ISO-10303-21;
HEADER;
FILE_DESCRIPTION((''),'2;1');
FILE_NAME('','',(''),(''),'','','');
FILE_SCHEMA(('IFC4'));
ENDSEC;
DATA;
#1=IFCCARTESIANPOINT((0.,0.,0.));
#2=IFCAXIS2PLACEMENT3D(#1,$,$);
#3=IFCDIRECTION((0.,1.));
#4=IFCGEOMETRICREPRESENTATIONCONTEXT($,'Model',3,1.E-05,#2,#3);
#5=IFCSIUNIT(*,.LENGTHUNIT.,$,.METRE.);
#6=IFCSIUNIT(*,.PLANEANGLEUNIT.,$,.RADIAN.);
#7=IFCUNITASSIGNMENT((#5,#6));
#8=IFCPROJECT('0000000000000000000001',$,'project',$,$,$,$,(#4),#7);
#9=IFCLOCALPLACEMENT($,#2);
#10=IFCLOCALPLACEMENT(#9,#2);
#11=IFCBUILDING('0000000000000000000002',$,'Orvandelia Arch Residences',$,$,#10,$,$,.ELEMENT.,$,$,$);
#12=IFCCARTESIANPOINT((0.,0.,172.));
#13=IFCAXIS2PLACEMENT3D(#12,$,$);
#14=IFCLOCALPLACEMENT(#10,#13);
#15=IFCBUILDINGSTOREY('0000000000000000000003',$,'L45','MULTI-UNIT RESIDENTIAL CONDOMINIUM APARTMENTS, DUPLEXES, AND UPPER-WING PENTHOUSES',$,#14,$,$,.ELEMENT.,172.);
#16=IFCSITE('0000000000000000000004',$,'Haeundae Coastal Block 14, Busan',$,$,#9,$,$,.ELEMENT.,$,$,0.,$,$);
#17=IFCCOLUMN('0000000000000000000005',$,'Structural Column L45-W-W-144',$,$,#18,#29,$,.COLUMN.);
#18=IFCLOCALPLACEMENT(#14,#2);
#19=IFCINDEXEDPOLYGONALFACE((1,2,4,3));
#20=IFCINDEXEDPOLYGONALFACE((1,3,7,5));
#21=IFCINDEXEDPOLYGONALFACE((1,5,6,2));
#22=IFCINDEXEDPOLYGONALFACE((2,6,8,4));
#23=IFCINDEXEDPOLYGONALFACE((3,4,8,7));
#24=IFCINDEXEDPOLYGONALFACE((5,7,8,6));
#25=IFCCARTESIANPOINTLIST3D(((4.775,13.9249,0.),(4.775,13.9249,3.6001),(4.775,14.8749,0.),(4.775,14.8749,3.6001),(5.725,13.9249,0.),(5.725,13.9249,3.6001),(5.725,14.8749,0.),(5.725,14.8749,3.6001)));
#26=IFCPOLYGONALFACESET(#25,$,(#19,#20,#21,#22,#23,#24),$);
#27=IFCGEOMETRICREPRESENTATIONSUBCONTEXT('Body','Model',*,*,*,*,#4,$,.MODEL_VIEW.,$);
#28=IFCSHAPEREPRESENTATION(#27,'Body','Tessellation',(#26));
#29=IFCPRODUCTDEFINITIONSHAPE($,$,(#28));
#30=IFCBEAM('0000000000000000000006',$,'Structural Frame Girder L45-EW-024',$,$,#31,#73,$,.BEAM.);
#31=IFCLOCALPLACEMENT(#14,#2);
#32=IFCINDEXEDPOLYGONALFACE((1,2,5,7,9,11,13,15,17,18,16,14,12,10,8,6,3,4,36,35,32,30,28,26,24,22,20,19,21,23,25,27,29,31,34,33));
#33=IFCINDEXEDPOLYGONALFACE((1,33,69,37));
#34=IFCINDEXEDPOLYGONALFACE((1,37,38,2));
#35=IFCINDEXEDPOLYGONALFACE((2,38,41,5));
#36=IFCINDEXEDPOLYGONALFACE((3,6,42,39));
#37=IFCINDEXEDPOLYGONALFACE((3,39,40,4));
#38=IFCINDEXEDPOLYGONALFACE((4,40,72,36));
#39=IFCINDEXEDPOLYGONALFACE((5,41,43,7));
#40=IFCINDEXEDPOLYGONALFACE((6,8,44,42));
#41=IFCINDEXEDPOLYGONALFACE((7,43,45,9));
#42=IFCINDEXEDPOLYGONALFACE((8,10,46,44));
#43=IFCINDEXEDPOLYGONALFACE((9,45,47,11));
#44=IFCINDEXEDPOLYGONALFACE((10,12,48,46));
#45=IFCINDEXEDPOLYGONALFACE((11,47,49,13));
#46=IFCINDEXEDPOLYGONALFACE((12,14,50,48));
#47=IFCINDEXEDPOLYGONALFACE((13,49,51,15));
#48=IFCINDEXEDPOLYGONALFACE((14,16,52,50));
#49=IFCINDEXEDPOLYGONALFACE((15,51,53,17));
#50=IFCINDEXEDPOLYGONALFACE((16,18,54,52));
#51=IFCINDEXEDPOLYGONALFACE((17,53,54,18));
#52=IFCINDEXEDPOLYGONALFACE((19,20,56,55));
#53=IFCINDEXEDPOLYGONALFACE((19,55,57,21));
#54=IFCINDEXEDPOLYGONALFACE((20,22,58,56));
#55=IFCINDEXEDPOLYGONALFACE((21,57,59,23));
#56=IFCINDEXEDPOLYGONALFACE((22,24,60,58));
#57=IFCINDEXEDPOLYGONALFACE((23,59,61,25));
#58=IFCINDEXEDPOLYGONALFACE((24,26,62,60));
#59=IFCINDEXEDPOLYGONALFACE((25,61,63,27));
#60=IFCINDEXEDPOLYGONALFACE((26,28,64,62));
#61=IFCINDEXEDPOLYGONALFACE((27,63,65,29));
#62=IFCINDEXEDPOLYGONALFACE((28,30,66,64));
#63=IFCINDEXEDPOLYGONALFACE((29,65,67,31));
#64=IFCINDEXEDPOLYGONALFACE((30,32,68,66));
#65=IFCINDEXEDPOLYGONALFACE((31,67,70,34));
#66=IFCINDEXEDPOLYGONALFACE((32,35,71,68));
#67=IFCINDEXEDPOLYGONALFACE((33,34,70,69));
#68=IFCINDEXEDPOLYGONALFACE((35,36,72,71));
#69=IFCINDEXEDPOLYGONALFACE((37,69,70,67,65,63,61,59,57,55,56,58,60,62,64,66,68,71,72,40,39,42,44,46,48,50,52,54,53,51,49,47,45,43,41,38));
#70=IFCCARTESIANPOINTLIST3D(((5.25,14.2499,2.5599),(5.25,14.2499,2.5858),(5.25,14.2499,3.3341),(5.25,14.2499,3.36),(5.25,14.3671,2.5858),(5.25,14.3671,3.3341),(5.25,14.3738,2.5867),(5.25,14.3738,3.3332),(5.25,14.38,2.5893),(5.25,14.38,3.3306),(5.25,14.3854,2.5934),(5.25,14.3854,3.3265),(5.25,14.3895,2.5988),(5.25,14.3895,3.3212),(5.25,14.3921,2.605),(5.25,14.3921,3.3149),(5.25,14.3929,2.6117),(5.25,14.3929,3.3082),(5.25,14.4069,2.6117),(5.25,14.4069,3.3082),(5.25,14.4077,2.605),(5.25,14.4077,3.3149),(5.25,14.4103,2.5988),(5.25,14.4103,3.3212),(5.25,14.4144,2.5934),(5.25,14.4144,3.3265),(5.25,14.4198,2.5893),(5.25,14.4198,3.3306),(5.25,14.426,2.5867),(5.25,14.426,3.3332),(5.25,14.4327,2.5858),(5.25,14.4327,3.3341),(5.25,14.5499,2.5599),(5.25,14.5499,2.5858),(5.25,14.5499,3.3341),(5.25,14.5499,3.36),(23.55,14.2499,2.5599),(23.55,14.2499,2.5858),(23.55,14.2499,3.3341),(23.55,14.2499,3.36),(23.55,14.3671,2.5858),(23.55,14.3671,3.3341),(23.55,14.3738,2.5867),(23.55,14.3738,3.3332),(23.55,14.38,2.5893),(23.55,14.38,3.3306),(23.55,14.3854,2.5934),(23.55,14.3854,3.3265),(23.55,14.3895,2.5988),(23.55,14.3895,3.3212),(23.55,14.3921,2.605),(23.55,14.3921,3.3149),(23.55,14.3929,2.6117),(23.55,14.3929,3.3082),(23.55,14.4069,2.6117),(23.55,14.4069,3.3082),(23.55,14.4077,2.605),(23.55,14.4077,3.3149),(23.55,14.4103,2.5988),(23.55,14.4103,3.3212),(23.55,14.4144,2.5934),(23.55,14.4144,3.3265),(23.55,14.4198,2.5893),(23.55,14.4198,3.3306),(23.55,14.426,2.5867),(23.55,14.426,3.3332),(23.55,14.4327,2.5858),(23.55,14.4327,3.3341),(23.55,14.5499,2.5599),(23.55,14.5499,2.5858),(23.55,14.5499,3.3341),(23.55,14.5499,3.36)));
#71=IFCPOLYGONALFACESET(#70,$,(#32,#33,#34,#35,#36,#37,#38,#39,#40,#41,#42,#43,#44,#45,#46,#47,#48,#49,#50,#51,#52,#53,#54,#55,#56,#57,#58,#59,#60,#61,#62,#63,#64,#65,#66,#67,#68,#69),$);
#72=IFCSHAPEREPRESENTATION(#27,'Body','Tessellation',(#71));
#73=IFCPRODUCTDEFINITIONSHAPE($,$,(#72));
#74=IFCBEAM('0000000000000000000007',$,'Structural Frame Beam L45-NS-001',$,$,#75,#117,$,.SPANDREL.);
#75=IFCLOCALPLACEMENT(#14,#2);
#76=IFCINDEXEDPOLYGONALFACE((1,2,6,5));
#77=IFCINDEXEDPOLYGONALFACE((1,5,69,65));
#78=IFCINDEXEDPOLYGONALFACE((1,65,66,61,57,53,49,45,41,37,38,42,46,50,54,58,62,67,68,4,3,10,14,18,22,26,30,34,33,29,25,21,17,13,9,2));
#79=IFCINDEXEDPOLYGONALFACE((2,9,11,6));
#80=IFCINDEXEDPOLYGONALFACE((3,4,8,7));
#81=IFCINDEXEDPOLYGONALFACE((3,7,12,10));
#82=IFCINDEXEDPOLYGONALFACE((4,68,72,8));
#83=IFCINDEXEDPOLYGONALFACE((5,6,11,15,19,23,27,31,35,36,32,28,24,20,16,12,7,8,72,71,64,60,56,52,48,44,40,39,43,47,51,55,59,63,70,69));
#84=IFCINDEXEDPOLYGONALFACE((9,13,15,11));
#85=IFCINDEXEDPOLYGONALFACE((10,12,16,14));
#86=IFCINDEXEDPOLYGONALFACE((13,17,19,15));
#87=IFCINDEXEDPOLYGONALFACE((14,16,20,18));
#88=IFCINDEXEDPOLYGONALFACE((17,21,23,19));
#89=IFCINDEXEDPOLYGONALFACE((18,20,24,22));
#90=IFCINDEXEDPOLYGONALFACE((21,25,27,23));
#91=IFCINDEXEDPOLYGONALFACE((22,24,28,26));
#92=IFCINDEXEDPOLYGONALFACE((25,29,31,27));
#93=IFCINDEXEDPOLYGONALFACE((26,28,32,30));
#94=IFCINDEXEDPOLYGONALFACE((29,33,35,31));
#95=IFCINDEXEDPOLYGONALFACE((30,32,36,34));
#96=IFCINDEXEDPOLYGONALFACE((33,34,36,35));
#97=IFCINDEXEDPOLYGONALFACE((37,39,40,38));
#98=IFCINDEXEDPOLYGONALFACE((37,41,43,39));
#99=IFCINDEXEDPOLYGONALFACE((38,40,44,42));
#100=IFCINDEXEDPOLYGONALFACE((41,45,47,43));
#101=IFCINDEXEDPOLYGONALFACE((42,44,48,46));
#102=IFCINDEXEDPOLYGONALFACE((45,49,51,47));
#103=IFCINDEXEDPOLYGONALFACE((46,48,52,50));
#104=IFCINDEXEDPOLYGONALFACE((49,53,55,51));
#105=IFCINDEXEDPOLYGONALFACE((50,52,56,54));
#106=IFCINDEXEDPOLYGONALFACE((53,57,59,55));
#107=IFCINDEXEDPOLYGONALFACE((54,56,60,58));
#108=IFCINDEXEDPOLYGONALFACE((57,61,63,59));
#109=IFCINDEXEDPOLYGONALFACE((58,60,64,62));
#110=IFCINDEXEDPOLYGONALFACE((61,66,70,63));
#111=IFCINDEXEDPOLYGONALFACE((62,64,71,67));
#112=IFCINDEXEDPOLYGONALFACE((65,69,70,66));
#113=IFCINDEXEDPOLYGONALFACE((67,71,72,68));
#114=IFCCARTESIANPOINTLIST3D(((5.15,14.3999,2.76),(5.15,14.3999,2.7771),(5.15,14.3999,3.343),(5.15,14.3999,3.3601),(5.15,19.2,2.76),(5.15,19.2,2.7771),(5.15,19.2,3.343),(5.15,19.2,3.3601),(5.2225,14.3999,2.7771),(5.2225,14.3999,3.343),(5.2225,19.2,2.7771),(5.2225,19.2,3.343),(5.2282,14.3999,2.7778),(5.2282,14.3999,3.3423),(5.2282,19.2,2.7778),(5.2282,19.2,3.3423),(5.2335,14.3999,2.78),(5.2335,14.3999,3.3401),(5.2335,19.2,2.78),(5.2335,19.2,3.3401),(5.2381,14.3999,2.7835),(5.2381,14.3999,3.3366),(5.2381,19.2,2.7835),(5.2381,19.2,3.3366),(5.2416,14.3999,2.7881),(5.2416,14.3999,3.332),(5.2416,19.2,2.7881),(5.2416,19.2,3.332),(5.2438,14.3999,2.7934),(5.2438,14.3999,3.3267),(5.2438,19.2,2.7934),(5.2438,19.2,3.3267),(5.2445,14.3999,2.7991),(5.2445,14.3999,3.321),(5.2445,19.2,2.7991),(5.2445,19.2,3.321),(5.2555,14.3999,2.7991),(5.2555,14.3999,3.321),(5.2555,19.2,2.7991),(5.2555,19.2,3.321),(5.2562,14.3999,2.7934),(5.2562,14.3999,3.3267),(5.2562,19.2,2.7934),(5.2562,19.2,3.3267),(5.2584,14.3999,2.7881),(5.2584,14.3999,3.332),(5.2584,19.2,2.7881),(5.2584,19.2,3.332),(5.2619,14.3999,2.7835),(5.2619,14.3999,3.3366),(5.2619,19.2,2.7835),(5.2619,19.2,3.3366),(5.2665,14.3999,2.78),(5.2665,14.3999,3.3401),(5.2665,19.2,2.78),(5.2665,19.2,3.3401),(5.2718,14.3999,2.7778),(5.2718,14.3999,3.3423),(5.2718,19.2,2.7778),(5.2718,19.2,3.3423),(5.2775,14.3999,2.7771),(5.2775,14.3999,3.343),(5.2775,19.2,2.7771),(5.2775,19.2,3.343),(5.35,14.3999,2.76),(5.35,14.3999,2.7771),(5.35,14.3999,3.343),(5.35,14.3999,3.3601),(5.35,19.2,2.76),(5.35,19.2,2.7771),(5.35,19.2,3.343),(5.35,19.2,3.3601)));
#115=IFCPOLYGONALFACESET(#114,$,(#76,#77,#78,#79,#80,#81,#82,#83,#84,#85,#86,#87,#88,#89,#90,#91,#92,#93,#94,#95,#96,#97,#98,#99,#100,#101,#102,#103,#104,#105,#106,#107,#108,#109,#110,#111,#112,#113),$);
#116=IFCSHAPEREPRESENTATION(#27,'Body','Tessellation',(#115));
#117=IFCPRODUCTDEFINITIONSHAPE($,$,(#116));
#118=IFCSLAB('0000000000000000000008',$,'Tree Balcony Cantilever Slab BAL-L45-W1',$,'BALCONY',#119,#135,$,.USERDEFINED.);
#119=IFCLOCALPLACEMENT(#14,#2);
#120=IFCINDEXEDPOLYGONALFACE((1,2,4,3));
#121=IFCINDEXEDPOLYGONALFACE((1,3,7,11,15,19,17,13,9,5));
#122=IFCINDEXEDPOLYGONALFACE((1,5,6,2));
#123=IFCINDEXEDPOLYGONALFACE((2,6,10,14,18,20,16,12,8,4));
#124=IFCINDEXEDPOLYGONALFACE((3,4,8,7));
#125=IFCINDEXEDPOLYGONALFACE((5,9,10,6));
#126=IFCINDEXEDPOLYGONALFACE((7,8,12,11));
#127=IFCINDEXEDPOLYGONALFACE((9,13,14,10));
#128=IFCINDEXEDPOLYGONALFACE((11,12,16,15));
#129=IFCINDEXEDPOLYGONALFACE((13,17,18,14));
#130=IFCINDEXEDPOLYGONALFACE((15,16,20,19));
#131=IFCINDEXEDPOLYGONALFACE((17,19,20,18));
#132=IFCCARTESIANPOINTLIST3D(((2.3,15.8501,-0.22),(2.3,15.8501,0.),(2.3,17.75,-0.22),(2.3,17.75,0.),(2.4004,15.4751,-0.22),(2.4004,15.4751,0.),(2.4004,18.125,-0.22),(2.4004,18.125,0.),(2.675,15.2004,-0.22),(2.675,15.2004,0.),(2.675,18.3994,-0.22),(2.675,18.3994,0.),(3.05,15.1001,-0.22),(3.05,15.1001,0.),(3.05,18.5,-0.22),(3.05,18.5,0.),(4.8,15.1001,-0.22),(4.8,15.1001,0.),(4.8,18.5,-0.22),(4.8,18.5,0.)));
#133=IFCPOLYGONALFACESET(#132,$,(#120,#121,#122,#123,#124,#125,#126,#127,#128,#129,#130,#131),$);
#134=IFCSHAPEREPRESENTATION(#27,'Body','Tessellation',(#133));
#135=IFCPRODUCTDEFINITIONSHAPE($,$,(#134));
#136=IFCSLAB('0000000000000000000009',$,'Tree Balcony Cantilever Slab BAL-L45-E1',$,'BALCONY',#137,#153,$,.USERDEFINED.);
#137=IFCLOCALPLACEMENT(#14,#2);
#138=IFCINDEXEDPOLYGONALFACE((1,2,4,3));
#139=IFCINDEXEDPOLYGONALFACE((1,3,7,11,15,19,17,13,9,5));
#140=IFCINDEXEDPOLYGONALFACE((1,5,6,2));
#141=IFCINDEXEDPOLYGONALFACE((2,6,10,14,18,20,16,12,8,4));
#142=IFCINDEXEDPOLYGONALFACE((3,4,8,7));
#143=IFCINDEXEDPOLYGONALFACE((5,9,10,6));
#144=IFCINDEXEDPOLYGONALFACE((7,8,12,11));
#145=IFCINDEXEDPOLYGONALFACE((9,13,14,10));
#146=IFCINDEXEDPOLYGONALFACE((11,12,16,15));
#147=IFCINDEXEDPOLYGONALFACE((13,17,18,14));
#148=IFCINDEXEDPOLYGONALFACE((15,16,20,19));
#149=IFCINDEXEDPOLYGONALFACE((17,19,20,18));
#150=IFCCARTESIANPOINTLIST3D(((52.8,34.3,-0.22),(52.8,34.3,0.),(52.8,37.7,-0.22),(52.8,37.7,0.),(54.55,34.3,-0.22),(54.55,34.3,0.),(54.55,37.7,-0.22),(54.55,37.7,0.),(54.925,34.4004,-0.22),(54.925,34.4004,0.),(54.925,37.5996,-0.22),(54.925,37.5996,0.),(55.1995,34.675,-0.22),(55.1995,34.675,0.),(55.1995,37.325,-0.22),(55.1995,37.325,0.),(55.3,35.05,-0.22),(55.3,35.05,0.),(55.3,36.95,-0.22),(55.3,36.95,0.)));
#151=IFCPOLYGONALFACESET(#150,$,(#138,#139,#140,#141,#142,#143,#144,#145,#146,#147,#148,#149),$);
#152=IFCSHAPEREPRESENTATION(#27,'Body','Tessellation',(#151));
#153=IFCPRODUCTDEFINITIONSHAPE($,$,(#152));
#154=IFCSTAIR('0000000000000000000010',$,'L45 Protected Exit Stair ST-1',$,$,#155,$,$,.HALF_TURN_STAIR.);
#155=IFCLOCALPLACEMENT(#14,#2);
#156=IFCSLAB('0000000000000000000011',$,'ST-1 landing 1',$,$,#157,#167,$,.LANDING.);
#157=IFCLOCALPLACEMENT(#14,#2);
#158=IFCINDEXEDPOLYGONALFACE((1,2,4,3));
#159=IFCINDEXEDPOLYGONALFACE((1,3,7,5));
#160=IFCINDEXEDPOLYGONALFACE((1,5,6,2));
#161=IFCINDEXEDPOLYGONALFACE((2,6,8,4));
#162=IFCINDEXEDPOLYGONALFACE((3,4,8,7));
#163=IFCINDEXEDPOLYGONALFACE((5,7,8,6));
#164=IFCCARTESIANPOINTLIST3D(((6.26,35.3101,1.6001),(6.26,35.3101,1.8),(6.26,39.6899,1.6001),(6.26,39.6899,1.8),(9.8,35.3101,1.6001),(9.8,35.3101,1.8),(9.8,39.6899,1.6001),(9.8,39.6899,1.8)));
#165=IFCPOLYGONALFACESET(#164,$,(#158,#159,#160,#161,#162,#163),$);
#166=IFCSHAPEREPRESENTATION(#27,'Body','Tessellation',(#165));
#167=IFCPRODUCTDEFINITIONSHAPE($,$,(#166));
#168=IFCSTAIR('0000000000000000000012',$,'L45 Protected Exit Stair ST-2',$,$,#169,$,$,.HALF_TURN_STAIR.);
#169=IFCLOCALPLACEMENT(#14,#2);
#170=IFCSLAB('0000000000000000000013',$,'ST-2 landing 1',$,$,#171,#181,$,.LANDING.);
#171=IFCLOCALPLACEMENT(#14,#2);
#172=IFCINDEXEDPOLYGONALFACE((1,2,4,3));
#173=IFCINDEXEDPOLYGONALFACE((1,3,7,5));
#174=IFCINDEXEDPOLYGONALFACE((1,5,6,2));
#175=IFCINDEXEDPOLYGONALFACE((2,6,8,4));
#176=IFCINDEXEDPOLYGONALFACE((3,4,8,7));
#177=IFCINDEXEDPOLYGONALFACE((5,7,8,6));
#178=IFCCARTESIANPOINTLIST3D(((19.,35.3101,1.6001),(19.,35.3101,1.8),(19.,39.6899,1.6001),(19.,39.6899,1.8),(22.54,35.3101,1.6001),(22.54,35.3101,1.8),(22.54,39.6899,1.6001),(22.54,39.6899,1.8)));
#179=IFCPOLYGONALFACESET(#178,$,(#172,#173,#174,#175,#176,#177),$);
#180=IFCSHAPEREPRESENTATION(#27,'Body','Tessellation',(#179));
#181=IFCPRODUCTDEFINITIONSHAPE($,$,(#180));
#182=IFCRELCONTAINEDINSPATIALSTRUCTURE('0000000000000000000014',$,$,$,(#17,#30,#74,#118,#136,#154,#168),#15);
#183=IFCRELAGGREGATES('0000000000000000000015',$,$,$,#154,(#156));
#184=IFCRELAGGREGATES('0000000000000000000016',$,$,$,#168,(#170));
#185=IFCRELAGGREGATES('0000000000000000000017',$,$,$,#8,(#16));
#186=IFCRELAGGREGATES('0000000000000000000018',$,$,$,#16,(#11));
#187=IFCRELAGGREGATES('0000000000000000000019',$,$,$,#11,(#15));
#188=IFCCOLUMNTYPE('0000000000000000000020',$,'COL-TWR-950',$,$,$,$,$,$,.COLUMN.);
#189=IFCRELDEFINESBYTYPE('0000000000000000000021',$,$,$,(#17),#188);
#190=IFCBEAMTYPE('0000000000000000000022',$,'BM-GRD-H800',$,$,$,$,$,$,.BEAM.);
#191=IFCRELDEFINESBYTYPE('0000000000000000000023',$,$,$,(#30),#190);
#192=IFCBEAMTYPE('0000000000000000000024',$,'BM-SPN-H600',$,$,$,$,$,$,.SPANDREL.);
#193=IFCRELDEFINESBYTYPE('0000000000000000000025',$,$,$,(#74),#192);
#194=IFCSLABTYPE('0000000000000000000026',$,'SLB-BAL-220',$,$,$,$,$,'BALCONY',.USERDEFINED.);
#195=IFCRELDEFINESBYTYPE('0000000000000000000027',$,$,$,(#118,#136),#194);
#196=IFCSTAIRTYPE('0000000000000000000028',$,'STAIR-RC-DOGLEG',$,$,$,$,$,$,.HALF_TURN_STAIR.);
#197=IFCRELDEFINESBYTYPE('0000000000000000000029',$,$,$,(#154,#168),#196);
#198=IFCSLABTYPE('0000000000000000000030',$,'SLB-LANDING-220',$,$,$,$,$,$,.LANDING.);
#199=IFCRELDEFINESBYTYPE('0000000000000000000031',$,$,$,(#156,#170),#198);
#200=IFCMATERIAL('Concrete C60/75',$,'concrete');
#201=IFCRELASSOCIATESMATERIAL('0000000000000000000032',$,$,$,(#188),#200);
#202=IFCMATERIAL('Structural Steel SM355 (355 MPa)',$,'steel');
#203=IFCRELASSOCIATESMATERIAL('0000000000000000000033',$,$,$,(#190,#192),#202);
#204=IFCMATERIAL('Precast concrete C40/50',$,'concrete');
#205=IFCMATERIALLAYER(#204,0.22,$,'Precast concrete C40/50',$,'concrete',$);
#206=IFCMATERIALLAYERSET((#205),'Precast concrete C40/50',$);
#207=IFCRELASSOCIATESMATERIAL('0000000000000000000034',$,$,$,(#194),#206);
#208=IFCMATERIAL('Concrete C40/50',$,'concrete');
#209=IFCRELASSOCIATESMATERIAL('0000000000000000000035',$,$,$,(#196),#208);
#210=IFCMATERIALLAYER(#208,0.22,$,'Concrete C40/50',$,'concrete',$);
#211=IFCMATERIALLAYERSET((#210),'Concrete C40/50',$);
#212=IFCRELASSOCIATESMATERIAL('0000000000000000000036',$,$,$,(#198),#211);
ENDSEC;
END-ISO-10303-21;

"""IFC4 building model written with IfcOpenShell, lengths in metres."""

from ifc_helpers import new_model, si_unit, direction, frame, origin, origin_2d, place, context, subcontext, project, spatial, polyline, rectangle, i_section, outline, extrude, material, layer, layer_set, material_profile, profile_set, type_object, element, aggregate, save


model = new_model("IFC4")

# Units and contexts
model_context = context("Model", 3, precision=1e-05, world=origin(), true_north=direction((0.0, 1.0)))
body_context = subcontext(model_context, "Body", "Model", "MODEL_VIEW")
ifc_project = project(units=[si_unit("LENGTHUNIT", "METRE"), si_unit("PLANEANGLEUNIT", "RADIAN")], contexts=[model_context])

# Site, building, storey
site_placement = place(None, origin())
site = spatial("IfcSite", under=ifc_project, at=site_placement, Name="Haeundae Coastal Block 14, Busan", CompositionType="ELEMENT", RefElevation=0.0)
building_placement = place(site_placement, origin())
building = spatial("IfcBuilding", under=site, at=building_placement, Name="Orvandelia Arch Residences", CompositionType="ELEMENT")
storey_placement = place(building_placement, frame((0.0, 0.0, 172.0)))
storey = spatial("IfcBuildingStorey", under=building, at=storey_placement, Name="L45", Description="MULTI-UNIT RESIDENTIAL CONDOMINIUM APARTMENTS, DUPLEXES, AND UPPER-WING PENTHOUSES", CompositionType="ELEMENT", Elevation=172.0)

# Column
ifc_material_1 = material(Name="Concrete C60/75", Category="concrete")
ifc_material_profile_1 = material_profile(ifc_material_1, rectangle(XDim=0.95, YDim=0.95, at=origin_2d()), Name="Concrete C60/75", Category="concrete")
ifc_profile_set_1 = profile_set([ifc_material_profile_1], Name="Concrete C60/75")
column_type = type_object("IfcColumnType", Name="COL-TWR-950", PredefinedType="COLUMN", material=ifc_profile_set_1)
column_placement = place(storey_placement, frame((5.25, 14.3999, 0.0), z_axis=(0.0, 0.0, 1.0), x_axis=(1.0, 0.0, 0.0)))
element("IfcColumn", 1, at=column_placement, inside=storey, type_object=column_type, Name="Structural Column L45-W-W-144", PredefinedType="COLUMN", context=body_context, shape_type="SweptSolid", body=[
    extrude(rectangle(XDim=0.95, YDim=0.95, at=origin_2d()), origin(), (0.0, 0.0, 1.0), 3.6001),
])

# Beams
ifc_material_2 = material(Name="Structural Steel SM355 (355 MPa)", Category="steel")
ifc_material_profile_2 = material_profile(ifc_material_2, i_section(OverallWidth=0.3, OverallDepth=0.8, WebThickness=0.0139, FlangeThickness=0.0259, FilletRadius=0.0259, at=origin_2d()), Name="Structural Steel SM355 (355 MPa)", Category="steel")
ifc_profile_set_2 = profile_set([ifc_material_profile_2], Name="Structural Steel SM355 (355 MPa)")
beam_type_1 = type_object("IfcBeamType", Name="BM-GRD-H800", PredefinedType="BEAM", material=ifc_profile_set_2)
beam_1_placement = place(storey_placement, frame((5.25, 14.3999, 2.96), z_axis=(1.0, 0.0, 0.0), x_axis=(0.0, 1.0, 0.0)))
element("IfcBeam", 2, at=beam_1_placement, inside=storey, type_object=beam_type_1, Name="Structural Frame Girder L45-EW-024", PredefinedType="BEAM", context=body_context, shape_type="SweptSolid", body=[
    extrude(i_section(OverallWidth=0.3, OverallDepth=0.8, WebThickness=0.0139, FlangeThickness=0.0259, FilletRadius=0.0259, at=origin_2d()), origin(), (0.0, 0.0, 1.0), 18.3),
])
ifc_material_profile_3 = material_profile(ifc_material_2, i_section(OverallWidth=0.2, OverallDepth=0.6001, WebThickness=0.011, FlangeThickness=0.0171, FilletRadius=0.022, at=origin_2d()), Name="Structural Steel SM355 (355 MPa)", Category="steel")
ifc_profile_set_3 = profile_set([ifc_material_profile_3], Name="Structural Steel SM355 (355 MPa)")
beam_type_2 = type_object("IfcBeamType", Name="BM-SPN-H600", PredefinedType="SPANDREL", material=ifc_profile_set_3)
beam_2_placement = place(storey_placement, frame((5.25, 14.3999, 3.0601), z_axis=(0.0, 1.0, 0.0), x_axis=(-1.0, 0.0, 0.0)))
element("IfcBeam", 3, at=beam_2_placement, inside=storey, type_object=beam_type_2, Name="Structural Frame Beam L45-NS-001", PredefinedType="SPANDREL", context=body_context, shape_type="SweptSolid", body=[
    extrude(i_section(OverallWidth=0.2, OverallDepth=0.6001, WebThickness=0.011, FlangeThickness=0.0171, FilletRadius=0.022, at=origin_2d()), origin(), (0.0, 0.0, 1.0), 4.8),
])

# Slabs
ifc_material_3 = material(Name="Precast concrete C40/50", Category="concrete")
ifc_layer_1 = layer(ifc_material_3, 0.22, Name="Precast concrete C40/50", Category="concrete")
ifc_layer_set_1 = layer_set([ifc_layer_1], Name="Precast concrete C40/50")
slab_type_1 = type_object("IfcSlabType", Name="SLB-BAL-220", ElementType="BALCONY", PredefinedType="USERDEFINED", material=ifc_layer_set_1)
slab_1_placement = place(storey_placement, frame((0.0, 0.0, -0.22)))
element("IfcSlab", 4, at=slab_1_placement, inside=storey, type_object=slab_type_1, Name="Tree Balcony Cantilever Slab BAL-L45-W1", ObjectType="BALCONY", PredefinedType="USERDEFINED", context=body_context, shape_type="SweptSolid", body=[
    extrude(outline(polyline([(4.8, 15.1001), (4.8, 18.5), (3.05, 18.5), (2.675, 18.3994), (2.4004, 18.125), (2.3, 17.75), (2.3, 15.8501), (2.4004, 15.4751), (2.675, 15.2004), (3.05, 15.1001), (4.8, 15.1001)])), origin(), (0.0, 0.0, 1.0), 0.22),
])
slab_2_placement = place(storey_placement, frame((0.0, 0.0, -0.22)))
element("IfcSlab", 5, at=slab_2_placement, inside=storey, type_object=slab_type_1, Name="Tree Balcony Cantilever Slab BAL-L45-E1", ObjectType="BALCONY", PredefinedType="USERDEFINED", context=body_context, shape_type="SweptSolid", body=[
    extrude(outline(polyline([(52.8, 37.7), (52.8, 34.3), (54.55, 34.3), (54.925, 34.4004), (55.1995, 34.675), (55.3, 35.05), (55.3, 36.95), (55.1995, 37.325), (54.925, 37.5996), (54.55, 37.7), (52.8, 37.7)])), origin(), (0.0, 0.0, 1.0), 0.22),
])

# Stairs, slabs
ifc_material_4 = material(Name="Concrete C40/50", Category="concrete")
stair_type = type_object("IfcStairType", Name="STAIR-RC-DOGLEG", PredefinedType="HALF_TURN_STAIR", material=ifc_material_4)
stair_1_placement = place(storey_placement, origin())
stair_1 = element("IfcStair", 6, at=stair_1_placement, inside=storey, type_object=stair_type, Name="L45 Protected Exit Stair ST-1", PredefinedType="HALF_TURN_STAIR")
ifc_layer_2 = layer(ifc_material_4, 0.22, Name="Concrete C40/50", Category="concrete")
ifc_layer_set_2 = layer_set([ifc_layer_2], Name="Concrete C40/50")
slab_type_2 = type_object("IfcSlabType", Name="SLB-LANDING-220", PredefinedType="LANDING", material=ifc_layer_set_2)
slab_3_placement = place(storey_placement, frame((0.0, 0.0, 1.6001)))
slab_3 = element("IfcSlab", 7, at=slab_3_placement, type_object=slab_type_2, Name="ST-1 landing 1", PredefinedType="LANDING", context=body_context, shape_type="SweptSolid", body=[
    extrude(outline(polyline([(9.8, 35.3101), (9.8, 39.6899), (6.26, 39.6899), (6.26, 35.3101), (9.8, 35.3101)])), origin(), (0.0, 0.0, 1.0), 0.2),
])
aggregate(stair_1, [slab_3])
stair_2_placement = place(storey_placement, origin())
stair_2 = element("IfcStair", 8, at=stair_2_placement, inside=storey, type_object=stair_type, Name="L45 Protected Exit Stair ST-2", PredefinedType="HALF_TURN_STAIR")
slab_4_placement = place(storey_placement, frame((0.0, 0.0, 1.6001)))
slab_4 = element("IfcSlab", 9, at=slab_4_placement, type_object=slab_type_2, Name="ST-2 landing 1", PredefinedType="LANDING", context=body_context, shape_type="SweptSolid", body=[
    extrude(outline(polyline([(22.54, 35.3101), (22.54, 39.6899), (19.0, 39.6899), (19.0, 35.3101), (22.54, 35.3101)])), origin(), (0.0, 0.0, 1.0), 0.2),
])
aggregate(stair_2, [slab_4])

save(model, "model.ifc")
